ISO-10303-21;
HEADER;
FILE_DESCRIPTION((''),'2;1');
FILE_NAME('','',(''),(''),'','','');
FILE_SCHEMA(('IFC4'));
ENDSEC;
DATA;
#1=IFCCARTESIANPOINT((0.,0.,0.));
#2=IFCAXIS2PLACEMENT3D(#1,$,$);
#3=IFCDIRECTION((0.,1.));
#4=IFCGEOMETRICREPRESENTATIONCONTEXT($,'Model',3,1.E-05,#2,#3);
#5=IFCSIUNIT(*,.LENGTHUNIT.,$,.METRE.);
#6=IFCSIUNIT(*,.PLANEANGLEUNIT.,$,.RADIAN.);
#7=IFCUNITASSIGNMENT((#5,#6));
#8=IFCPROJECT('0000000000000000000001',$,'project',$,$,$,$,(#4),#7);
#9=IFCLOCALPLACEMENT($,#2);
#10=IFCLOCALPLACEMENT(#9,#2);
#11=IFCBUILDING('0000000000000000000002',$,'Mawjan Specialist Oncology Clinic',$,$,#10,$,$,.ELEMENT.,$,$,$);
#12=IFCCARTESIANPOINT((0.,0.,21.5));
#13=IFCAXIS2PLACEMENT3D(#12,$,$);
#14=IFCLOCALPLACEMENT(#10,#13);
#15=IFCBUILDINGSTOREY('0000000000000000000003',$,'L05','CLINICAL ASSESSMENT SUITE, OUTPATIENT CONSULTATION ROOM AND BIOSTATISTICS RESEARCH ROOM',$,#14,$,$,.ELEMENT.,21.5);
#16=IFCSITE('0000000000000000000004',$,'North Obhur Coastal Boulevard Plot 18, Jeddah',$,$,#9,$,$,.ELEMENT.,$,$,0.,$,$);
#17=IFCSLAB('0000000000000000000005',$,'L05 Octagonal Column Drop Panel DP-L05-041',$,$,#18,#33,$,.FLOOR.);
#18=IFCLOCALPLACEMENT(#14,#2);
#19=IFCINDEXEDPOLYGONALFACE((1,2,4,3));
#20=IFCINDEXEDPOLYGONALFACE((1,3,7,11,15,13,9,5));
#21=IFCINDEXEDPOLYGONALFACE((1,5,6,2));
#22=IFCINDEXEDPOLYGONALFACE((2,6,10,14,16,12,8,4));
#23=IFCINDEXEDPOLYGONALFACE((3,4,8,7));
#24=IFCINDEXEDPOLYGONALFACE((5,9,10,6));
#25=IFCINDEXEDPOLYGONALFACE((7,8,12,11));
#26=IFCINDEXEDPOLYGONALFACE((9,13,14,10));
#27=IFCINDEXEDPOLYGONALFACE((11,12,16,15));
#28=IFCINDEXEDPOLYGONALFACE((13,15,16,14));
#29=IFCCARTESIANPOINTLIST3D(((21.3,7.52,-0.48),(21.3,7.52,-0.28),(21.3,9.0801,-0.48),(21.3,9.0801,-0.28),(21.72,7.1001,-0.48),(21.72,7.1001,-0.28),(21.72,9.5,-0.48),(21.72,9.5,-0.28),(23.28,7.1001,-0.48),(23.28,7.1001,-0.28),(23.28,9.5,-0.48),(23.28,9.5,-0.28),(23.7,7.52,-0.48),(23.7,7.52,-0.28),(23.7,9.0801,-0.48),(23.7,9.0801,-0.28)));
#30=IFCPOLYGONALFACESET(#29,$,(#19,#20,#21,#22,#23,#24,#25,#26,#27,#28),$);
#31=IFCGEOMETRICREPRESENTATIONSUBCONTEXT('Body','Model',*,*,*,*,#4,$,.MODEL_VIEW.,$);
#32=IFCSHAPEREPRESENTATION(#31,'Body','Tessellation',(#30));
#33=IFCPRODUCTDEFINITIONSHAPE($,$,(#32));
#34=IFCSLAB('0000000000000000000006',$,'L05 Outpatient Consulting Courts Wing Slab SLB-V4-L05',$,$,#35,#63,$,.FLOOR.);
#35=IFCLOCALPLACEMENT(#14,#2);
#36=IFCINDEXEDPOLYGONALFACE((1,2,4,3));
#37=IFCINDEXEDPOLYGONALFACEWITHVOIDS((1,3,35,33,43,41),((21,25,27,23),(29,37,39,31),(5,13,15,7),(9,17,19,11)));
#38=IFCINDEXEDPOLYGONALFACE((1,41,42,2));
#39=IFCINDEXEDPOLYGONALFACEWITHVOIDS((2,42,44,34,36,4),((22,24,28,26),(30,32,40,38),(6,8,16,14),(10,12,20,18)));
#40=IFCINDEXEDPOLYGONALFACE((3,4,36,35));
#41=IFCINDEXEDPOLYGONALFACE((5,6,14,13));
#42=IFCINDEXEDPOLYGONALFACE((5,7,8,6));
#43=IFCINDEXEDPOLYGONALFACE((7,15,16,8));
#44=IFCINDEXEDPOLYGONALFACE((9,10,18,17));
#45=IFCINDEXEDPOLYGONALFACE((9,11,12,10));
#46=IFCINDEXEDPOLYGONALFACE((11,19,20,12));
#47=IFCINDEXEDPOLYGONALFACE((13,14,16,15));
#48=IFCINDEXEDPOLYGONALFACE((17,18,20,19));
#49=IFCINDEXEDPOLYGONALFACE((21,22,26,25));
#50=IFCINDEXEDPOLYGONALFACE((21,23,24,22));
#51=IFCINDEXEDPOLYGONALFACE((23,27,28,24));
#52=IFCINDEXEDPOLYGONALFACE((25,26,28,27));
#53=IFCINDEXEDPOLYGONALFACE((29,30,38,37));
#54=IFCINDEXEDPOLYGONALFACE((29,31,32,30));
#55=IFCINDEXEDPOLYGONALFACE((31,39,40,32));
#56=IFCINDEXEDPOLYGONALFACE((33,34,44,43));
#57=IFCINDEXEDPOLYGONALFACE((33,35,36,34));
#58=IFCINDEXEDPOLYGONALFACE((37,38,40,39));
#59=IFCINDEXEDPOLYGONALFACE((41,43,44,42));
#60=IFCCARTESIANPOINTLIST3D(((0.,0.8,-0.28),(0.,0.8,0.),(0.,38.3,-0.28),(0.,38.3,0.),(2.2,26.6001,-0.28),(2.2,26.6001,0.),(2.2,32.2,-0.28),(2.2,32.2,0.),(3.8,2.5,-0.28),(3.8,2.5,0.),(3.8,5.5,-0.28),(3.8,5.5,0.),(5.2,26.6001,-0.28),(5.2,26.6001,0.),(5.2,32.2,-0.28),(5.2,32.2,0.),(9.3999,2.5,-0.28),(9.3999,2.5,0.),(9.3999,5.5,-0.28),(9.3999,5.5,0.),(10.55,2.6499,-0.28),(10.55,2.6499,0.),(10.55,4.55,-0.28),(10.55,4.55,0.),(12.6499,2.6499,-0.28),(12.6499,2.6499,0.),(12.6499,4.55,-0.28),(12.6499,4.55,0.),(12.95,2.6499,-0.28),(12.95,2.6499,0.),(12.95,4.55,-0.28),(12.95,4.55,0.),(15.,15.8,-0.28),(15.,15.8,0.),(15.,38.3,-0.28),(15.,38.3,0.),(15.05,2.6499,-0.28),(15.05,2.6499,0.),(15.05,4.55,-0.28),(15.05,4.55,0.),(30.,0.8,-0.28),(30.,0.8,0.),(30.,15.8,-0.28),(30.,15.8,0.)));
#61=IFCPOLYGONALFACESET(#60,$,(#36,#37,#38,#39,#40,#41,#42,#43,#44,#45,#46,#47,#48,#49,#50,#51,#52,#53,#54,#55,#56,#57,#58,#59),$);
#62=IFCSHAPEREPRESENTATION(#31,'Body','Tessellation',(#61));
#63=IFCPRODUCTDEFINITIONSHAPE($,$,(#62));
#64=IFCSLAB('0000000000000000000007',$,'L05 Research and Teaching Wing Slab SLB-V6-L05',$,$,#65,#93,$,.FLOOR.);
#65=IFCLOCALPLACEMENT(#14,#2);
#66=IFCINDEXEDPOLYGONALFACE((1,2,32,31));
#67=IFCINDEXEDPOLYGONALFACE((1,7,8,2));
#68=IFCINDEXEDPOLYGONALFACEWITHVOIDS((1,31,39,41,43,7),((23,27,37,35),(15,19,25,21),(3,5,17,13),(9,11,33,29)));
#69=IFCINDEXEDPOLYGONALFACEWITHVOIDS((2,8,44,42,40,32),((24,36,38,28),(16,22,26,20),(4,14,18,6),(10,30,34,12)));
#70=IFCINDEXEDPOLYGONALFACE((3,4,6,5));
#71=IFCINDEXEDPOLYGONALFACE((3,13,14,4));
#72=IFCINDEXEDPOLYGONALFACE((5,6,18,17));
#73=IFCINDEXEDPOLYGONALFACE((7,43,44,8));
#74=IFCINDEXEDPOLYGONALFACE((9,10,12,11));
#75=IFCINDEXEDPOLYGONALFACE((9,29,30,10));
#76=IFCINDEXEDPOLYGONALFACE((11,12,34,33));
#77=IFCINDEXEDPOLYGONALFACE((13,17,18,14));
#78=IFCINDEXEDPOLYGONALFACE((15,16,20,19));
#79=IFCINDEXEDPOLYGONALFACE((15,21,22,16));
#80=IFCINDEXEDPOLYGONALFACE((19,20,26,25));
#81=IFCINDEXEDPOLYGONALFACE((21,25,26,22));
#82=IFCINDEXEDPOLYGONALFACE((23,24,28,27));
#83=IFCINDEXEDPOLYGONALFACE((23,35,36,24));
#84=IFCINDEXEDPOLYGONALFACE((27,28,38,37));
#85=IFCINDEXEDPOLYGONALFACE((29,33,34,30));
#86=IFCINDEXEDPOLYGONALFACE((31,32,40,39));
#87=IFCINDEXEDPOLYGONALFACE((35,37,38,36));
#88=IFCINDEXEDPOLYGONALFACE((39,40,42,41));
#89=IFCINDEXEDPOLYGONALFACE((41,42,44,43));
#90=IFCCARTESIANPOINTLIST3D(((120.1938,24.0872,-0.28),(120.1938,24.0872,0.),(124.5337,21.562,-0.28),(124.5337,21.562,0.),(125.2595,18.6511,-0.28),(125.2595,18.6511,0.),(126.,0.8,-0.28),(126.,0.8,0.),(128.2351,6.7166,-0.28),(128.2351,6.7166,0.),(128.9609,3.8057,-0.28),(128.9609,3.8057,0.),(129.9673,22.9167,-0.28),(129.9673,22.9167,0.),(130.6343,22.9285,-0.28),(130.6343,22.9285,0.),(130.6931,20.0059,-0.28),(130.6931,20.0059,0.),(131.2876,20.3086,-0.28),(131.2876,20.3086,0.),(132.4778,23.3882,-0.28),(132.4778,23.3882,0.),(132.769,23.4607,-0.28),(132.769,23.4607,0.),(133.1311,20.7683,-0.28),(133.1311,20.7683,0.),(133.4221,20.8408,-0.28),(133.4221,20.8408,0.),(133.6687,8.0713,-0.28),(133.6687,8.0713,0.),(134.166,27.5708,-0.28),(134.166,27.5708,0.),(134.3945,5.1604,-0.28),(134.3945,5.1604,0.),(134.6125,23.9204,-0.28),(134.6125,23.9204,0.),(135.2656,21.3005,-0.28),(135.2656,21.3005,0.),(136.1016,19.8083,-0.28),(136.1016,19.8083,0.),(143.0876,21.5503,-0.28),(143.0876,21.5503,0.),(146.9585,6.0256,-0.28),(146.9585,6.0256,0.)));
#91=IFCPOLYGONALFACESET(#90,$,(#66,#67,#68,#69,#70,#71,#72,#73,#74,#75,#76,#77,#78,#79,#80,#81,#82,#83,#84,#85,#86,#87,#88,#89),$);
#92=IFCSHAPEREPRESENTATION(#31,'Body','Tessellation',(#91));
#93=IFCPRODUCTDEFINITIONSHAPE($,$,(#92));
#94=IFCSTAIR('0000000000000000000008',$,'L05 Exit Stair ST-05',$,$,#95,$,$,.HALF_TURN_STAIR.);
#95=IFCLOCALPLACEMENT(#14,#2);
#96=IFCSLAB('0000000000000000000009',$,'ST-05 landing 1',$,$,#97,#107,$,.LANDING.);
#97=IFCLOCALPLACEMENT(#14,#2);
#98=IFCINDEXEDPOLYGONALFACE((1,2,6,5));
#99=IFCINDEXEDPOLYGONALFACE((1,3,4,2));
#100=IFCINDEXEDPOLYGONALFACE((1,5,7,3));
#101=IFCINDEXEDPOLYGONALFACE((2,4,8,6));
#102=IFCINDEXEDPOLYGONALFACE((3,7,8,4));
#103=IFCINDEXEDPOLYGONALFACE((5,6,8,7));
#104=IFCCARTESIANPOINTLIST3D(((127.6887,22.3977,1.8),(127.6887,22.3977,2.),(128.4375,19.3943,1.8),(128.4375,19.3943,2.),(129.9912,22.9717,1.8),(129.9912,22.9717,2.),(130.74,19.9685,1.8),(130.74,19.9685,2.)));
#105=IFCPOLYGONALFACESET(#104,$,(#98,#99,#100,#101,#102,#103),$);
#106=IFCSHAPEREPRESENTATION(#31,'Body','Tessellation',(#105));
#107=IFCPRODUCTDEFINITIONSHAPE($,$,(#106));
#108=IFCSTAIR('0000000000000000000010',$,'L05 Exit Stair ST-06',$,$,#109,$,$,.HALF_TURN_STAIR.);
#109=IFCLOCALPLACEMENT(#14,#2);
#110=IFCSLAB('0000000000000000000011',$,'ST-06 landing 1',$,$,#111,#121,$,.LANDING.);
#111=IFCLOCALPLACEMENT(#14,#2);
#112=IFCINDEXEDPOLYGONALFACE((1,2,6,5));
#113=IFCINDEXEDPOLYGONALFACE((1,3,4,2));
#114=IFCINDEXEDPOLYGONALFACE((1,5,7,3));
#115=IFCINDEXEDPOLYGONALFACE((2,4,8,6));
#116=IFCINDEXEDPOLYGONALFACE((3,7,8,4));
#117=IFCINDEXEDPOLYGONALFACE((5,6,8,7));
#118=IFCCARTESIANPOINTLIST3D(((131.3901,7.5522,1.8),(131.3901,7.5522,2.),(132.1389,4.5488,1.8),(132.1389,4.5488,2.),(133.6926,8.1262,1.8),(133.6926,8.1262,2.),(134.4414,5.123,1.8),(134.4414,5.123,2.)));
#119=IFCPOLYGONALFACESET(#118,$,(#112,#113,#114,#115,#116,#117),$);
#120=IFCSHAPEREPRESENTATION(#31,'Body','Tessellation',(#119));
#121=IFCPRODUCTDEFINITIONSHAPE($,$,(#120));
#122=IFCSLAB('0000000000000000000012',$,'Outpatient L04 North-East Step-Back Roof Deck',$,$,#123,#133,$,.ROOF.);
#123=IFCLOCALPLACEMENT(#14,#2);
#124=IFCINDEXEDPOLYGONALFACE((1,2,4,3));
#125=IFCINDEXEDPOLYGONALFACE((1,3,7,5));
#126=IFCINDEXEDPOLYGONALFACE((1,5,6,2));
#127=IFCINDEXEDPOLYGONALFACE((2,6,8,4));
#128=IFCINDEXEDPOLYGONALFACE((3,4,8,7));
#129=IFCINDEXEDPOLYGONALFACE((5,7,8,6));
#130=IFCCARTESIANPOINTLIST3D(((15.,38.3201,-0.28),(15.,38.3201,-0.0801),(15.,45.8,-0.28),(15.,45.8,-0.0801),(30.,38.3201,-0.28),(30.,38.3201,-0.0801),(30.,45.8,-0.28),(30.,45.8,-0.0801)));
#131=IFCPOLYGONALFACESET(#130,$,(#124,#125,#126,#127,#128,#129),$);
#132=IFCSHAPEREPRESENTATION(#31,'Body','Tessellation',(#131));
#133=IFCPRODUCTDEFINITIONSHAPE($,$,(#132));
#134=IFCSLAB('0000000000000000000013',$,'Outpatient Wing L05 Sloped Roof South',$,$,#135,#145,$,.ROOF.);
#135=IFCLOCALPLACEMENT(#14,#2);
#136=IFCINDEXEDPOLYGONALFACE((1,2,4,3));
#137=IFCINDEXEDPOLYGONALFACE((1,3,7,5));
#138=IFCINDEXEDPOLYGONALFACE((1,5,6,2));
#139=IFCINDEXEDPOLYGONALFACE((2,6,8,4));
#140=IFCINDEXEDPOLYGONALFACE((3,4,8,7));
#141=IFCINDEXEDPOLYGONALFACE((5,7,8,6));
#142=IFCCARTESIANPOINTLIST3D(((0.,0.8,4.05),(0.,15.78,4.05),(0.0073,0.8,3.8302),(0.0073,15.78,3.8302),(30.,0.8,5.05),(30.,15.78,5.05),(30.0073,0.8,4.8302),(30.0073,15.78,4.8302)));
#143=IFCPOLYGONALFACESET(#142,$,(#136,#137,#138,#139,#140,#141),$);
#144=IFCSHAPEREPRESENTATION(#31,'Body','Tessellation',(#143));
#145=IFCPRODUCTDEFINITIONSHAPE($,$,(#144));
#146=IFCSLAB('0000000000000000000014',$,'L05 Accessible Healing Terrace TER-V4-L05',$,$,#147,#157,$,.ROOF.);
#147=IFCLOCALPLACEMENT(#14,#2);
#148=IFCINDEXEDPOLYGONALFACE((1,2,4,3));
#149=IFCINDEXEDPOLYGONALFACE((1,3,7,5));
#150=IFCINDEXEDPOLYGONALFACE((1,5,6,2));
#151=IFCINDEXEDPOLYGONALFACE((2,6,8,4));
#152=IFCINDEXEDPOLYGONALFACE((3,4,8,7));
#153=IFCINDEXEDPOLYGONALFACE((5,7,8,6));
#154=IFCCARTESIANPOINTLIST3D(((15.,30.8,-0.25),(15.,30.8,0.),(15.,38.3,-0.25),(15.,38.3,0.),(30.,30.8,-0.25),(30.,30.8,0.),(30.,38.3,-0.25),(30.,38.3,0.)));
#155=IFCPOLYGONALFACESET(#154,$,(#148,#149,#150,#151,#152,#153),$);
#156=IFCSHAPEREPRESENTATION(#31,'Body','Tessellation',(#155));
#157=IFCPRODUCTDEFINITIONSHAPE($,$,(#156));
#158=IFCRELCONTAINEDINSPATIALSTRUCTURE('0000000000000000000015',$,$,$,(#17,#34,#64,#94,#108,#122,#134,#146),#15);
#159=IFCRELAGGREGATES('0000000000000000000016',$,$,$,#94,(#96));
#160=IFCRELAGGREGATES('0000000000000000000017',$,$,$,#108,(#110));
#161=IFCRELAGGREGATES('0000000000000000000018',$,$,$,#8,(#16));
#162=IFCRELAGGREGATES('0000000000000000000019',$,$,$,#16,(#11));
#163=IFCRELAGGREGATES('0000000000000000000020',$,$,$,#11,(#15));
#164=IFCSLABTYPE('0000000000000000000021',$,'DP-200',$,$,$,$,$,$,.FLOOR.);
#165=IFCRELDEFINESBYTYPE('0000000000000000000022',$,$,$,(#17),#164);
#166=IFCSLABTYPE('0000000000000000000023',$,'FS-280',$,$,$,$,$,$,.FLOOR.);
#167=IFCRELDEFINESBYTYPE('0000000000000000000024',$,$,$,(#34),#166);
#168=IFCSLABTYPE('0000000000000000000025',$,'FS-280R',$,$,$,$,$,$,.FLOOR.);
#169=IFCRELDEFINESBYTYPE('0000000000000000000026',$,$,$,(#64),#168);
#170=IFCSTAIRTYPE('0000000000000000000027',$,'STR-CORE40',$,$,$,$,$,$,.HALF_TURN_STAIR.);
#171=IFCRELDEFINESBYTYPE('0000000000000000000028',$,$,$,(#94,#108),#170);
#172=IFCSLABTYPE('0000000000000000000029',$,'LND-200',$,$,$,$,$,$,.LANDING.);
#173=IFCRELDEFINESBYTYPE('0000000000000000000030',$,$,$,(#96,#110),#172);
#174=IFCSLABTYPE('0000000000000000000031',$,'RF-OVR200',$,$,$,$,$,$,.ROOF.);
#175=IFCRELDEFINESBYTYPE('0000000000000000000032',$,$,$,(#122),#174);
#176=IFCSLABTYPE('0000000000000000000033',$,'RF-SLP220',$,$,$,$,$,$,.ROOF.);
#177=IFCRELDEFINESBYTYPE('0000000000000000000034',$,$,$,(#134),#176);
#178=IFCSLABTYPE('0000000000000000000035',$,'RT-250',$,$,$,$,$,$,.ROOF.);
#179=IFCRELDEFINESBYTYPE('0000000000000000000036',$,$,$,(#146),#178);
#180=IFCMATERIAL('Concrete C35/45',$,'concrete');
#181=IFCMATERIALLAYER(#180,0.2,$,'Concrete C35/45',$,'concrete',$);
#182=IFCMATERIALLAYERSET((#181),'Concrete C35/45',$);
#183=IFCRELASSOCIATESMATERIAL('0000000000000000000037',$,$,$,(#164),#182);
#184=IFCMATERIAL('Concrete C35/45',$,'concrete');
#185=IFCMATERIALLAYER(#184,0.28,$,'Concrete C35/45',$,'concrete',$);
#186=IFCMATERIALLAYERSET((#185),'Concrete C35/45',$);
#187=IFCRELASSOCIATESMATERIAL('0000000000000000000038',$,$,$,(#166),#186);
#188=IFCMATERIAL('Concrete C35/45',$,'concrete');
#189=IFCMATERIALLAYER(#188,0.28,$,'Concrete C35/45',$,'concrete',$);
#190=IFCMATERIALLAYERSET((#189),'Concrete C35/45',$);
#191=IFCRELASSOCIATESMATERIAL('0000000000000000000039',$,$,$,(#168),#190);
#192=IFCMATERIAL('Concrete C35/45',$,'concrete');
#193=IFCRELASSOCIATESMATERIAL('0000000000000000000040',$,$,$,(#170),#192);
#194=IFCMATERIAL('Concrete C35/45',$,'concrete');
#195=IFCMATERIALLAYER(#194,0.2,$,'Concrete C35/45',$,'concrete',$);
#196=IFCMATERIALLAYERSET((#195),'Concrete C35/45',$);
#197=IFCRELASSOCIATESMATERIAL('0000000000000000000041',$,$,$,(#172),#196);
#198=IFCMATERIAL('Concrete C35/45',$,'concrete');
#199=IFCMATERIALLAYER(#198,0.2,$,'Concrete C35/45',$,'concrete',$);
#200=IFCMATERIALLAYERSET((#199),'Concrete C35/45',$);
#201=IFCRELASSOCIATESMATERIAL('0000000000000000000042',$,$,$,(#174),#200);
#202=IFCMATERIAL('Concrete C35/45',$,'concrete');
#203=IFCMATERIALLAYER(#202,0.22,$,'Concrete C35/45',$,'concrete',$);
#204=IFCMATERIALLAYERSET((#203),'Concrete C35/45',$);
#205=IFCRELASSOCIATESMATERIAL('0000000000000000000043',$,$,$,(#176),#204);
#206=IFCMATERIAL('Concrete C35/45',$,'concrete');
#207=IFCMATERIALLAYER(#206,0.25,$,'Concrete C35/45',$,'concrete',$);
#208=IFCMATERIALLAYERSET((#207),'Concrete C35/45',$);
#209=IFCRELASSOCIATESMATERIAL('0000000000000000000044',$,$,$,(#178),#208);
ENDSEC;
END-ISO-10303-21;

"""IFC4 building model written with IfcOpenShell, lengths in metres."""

from ifc_helpers import new_model, si_unit, direction, frame, origin, place, context, subcontext, project, spatial, polyline, outline, extrude, material, layer, layer_set, type_object, element, aggregate, save


model = new_model("IFC4")

# Units and contexts
model_context = context("Model", 3, precision=1e-05, world=origin(), true_north=direction((0.0, 1.0)))
body_context = subcontext(model_context, "Body", "Model", "MODEL_VIEW")
ifc_project = project(units=[si_unit("LENGTHUNIT", "METRE"), si_unit("PLANEANGLEUNIT", "RADIAN")], contexts=[model_context])

# Site, building, storey
site_placement = place(None, origin())
site = spatial("IfcSite", under=ifc_project, at=site_placement, Name="North Obhur Coastal Boulevard Plot 18, Jeddah", CompositionType="ELEMENT", RefElevation=0.0)
building_placement = place(site_placement, origin())
building = spatial("IfcBuilding", under=site, at=building_placement, Name="Mawjan Specialist Oncology Clinic", CompositionType="ELEMENT")
storey_placement = place(building_placement, frame((0.0, 0.0, 21.5)))
storey = spatial("IfcBuildingStorey", under=building, at=storey_placement, Name="L05", Description="CLINICAL ASSESSMENT SUITE, OUTPATIENT CONSULTATION ROOM AND BIOSTATISTICS RESEARCH ROOM", CompositionType="ELEMENT", Elevation=21.5)

# Slabs
ifc_material_1 = material(Name="Concrete C35/45", Category="concrete")
ifc_layer_1 = layer(ifc_material_1, 0.2, Name="Concrete C35/45", Category="concrete")
ifc_layer_set_1 = layer_set([ifc_layer_1], Name="Concrete C35/45")
slab_type_1 = type_object("IfcSlabType", Name="DP-200", PredefinedType="FLOOR", material=ifc_layer_set_1)
slab_1_placement = place(storey_placement, frame((0.0, 0.0, -0.48)))
element("IfcSlab", 1, at=slab_1_placement, inside=storey, type_object=slab_type_1, Name="L05 Octagonal Column Drop Panel DP-L05-041", PredefinedType="FLOOR", context=body_context, shape_type="SweptSolid", body=[
    extrude(outline(polyline([(21.72, 7.1001), (23.28, 7.1001), (23.7, 7.52), (23.7, 9.0801), (23.28, 9.5), (21.72, 9.5), (21.3, 9.0801), (21.3, 7.52), (21.72, 7.1001)])), origin(), (0.0, 0.0, 1.0), 0.2),
])
ifc_material_2 = material(Name="Concrete C35/45", Category="concrete")
ifc_layer_2 = layer(ifc_material_2, 0.28, Name="Concrete C35/45", Category="concrete")
ifc_layer_set_2 = layer_set([ifc_layer_2], Name="Concrete C35/45")
slab_type_2 = type_object("IfcSlabType", Name="FS-280", PredefinedType="FLOOR", material=ifc_layer_set_2)
slab_2_placement = place(storey_placement, frame((0.0, 0.0, -0.28)))
element("IfcSlab", 2, at=slab_2_placement, inside=storey, type_object=slab_type_2, Name="L05 Outpatient Consulting Courts Wing Slab SLB-V4-L05", PredefinedType="FLOOR", context=body_context, shape_type="SweptSolid", body=[
    extrude(outline(polyline([(0.0, 0.8), (30.0, 0.8), (30.0, 15.8), (15.0, 15.8), (15.0, 38.3), (0.0, 38.3), (0.0, 0.8)]), holes=[polyline([(3.8, 2.5), (9.3999, 2.5), (9.3999, 5.5), (3.8, 5.5), (3.8, 2.5)]), polyline([(10.55, 2.6499), (12.6499, 2.6499), (12.6499, 4.55), (10.55, 4.55), (10.55, 2.6499)]), polyline([(12.95, 2.6499), (15.05, 2.6499), (15.05, 4.55), (12.95, 4.55), (12.95, 2.6499)]), polyline([(5.2, 26.6001), (5.2, 32.2), (2.2, 32.2), (2.2, 26.6001), (5.2, 26.6001)])]), origin(), (0.0, 0.0, 1.0), 0.28),
])
ifc_material_3 = material(Name="Concrete C35/45", Category="concrete")
ifc_layer_3 = layer(ifc_material_3, 0.28, Name="Concrete C35/45", Category="concrete")
ifc_layer_set_3 = layer_set([ifc_layer_3], Name="Concrete C35/45")
slab_type_3 = type_object("IfcSlabType", Name="FS-280R", PredefinedType="FLOOR", material=ifc_layer_set_3)
slab_3_placement = place(storey_placement, frame((0.0, 0.0, -0.28)))
element("IfcSlab", 3, at=slab_3_placement, inside=storey, type_object=slab_type_3, Name="L05 Research and Teaching Wing Slab SLB-V6-L05", PredefinedType="FLOOR", context=body_context, shape_type="SweptSolid", body=[
    extrude(outline(polyline([(126.0, 0.8), (146.9585, 6.0256), (143.0876, 21.5503), (136.1016, 19.8083), (134.166, 27.5708), (120.1938, 24.0872), (126.0, 0.8)]), holes=[polyline([(125.2595, 18.6511), (130.6931, 20.0059), (129.9673, 22.9167), (124.5337, 21.562), (125.2595, 18.6511)]), polyline([(131.2876, 20.3086), (133.1311, 20.7683), (132.4778, 23.3882), (130.6343, 22.9285), (131.2876, 20.3086)]), polyline([(133.4221, 20.8408), (135.2656, 21.3005), (134.6125, 23.9204), (132.769, 23.4607), (133.4221, 20.8408)]), polyline([(128.9609, 3.8057), (134.3945, 5.1604), (133.6687, 8.0713), (128.2351, 6.7166), (128.9609, 3.8057)])]), origin(), (0.0, 0.0, 1.0), 0.28),
])

# Stairs, slabs
ifc_material_4 = material(Name="Concrete C35/45", Category="concrete")
stair_type = type_object("IfcStairType", Name="STR-CORE40", PredefinedType="HALF_TURN_STAIR", material=ifc_material_4)
stair_1_placement = place(storey_placement, origin())
stair_1 = element("IfcStair", 4, at=stair_1_placement, inside=storey, type_object=stair_type, Name="L05 Exit Stair ST-05", PredefinedType="HALF_TURN_STAIR")
ifc_material_5 = material(Name="Concrete C35/45", Category="concrete")
ifc_layer_4 = layer(ifc_material_5, 0.2, Name="Concrete C35/45", Category="concrete")
ifc_layer_set_4 = layer_set([ifc_layer_4], Name="Concrete C35/45")
slab_type_4 = type_object("IfcSlabType", Name="LND-200", PredefinedType="LANDING", material=ifc_layer_set_4)
slab_4_placement = place(storey_placement, frame((0.0, 0.0, 1.8)))
slab_4 = element("IfcSlab", 5, at=slab_4_placement, type_object=slab_type_4, Name="ST-05 landing 1", PredefinedType="LANDING", context=body_context, shape_type="SweptSolid", body=[
    extrude(outline(polyline([(128.4375, 19.3943), (130.74, 19.9685), (129.9912, 22.9717), (127.6887, 22.3977), (128.4375, 19.3943)])), origin(), (0.0, 0.0, 1.0), 0.2),
])
aggregate(stair_1, [slab_4])
stair_2_placement = place(storey_placement, origin())
stair_2 = element("IfcStair", 6, at=stair_2_placement, inside=storey, type_object=stair_type, Name="L05 Exit Stair ST-06", PredefinedType="HALF_TURN_STAIR")
slab_5_placement = place(storey_placement, frame((0.0, 0.0, 1.8)))
slab_5 = element("IfcSlab", 7, at=slab_5_placement, type_object=slab_type_4, Name="ST-06 landing 1", PredefinedType="LANDING", context=body_context, shape_type="SweptSolid", body=[
    extrude(outline(polyline([(132.1389, 4.5488), (134.4414, 5.123), (133.6926, 8.1262), (131.3901, 7.5522), (132.1389, 4.5488)])), origin(), (0.0, 0.0, 1.0), 0.2),
])
aggregate(stair_2, [slab_5])

# Slabs
ifc_material_6 = material(Name="Concrete C35/45", Category="concrete")
ifc_layer_5 = layer(ifc_material_6, 0.2, Name="Concrete C35/45", Category="concrete")
ifc_layer_set_5 = layer_set([ifc_layer_5], Name="Concrete C35/45")
slab_type_5 = type_object("IfcSlabType", Name="RF-OVR200", PredefinedType="ROOF", material=ifc_layer_set_5)
slab_6_placement = place(storey_placement, frame((0.0, 0.0, -0.28)))
element("IfcSlab", 8, at=slab_6_placement, inside=storey, type_object=slab_type_5, Name="Outpatient L04 North-East Step-Back Roof Deck", PredefinedType="ROOF", context=body_context, shape_type="SweptSolid", body=[
    extrude(outline(polyline([(15.0, 38.3201), (30.0, 38.3201), (30.0, 45.8), (15.0, 45.8), (15.0, 38.3201)])), origin(), (0.0, 0.0, 1.0), 0.2),
])
ifc_material_7 = material(Name="Concrete C35/45", Category="concrete")
ifc_layer_6 = layer(ifc_material_7, 0.22, Name="Concrete C35/45", Category="concrete")
ifc_layer_set_6 = layer_set([ifc_layer_6], Name="Concrete C35/45")
slab_type_6 = type_object("IfcSlabType", Name="RF-SLP220", PredefinedType="ROOF", material=ifc_layer_set_6)
slab_7_placement = place(storey_placement, frame((0.0, 0.8, 4.05), z_axis=(-0.033315, 0.0, 0.999445), x_axis=(0.999445, 0.0, 0.033315)))
element("IfcSlab", 9, at=slab_7_placement, inside=storey, type_object=slab_type_6, Name="Outpatient Wing L05 Sloped Roof South", PredefinedType="ROOF", context=body_context, shape_type="SweptSolid", body=[
    extrude(outline(polyline([(0.0, 0.0), (30.0167, 0.0), (30.0167, 14.98), (0.0, 14.98), (0.0, 0.0)])), origin(), (0.0, 0.0, -1.0), 0.22),
])
ifc_material_8 = material(Name="Concrete C35/45", Category="concrete")
ifc_layer_7 = layer(ifc_material_8, 0.25, Name="Concrete C35/45", Category="concrete")
ifc_layer_set_7 = layer_set([ifc_layer_7], Name="Concrete C35/45")
slab_type_7 = type_object("IfcSlabType", Name="RT-250", PredefinedType="ROOF", material=ifc_layer_set_7)
slab_8_placement = place(storey_placement, frame((0.0, 0.0, -0.25)))
element("IfcSlab", 10, at=slab_8_placement, inside=storey, type_object=slab_type_7, Name="L05 Accessible Healing Terrace TER-V4-L05", PredefinedType="ROOF", context=body_context, shape_type="SweptSolid", body=[
    extrude(outline(polyline([(15.0, 30.8), (30.0, 30.8), (30.0, 38.3), (15.0, 38.3), (15.0, 30.8)])), origin(), (0.0, 0.0, 1.0), 0.25),
])

save(model, "model.ifc")
